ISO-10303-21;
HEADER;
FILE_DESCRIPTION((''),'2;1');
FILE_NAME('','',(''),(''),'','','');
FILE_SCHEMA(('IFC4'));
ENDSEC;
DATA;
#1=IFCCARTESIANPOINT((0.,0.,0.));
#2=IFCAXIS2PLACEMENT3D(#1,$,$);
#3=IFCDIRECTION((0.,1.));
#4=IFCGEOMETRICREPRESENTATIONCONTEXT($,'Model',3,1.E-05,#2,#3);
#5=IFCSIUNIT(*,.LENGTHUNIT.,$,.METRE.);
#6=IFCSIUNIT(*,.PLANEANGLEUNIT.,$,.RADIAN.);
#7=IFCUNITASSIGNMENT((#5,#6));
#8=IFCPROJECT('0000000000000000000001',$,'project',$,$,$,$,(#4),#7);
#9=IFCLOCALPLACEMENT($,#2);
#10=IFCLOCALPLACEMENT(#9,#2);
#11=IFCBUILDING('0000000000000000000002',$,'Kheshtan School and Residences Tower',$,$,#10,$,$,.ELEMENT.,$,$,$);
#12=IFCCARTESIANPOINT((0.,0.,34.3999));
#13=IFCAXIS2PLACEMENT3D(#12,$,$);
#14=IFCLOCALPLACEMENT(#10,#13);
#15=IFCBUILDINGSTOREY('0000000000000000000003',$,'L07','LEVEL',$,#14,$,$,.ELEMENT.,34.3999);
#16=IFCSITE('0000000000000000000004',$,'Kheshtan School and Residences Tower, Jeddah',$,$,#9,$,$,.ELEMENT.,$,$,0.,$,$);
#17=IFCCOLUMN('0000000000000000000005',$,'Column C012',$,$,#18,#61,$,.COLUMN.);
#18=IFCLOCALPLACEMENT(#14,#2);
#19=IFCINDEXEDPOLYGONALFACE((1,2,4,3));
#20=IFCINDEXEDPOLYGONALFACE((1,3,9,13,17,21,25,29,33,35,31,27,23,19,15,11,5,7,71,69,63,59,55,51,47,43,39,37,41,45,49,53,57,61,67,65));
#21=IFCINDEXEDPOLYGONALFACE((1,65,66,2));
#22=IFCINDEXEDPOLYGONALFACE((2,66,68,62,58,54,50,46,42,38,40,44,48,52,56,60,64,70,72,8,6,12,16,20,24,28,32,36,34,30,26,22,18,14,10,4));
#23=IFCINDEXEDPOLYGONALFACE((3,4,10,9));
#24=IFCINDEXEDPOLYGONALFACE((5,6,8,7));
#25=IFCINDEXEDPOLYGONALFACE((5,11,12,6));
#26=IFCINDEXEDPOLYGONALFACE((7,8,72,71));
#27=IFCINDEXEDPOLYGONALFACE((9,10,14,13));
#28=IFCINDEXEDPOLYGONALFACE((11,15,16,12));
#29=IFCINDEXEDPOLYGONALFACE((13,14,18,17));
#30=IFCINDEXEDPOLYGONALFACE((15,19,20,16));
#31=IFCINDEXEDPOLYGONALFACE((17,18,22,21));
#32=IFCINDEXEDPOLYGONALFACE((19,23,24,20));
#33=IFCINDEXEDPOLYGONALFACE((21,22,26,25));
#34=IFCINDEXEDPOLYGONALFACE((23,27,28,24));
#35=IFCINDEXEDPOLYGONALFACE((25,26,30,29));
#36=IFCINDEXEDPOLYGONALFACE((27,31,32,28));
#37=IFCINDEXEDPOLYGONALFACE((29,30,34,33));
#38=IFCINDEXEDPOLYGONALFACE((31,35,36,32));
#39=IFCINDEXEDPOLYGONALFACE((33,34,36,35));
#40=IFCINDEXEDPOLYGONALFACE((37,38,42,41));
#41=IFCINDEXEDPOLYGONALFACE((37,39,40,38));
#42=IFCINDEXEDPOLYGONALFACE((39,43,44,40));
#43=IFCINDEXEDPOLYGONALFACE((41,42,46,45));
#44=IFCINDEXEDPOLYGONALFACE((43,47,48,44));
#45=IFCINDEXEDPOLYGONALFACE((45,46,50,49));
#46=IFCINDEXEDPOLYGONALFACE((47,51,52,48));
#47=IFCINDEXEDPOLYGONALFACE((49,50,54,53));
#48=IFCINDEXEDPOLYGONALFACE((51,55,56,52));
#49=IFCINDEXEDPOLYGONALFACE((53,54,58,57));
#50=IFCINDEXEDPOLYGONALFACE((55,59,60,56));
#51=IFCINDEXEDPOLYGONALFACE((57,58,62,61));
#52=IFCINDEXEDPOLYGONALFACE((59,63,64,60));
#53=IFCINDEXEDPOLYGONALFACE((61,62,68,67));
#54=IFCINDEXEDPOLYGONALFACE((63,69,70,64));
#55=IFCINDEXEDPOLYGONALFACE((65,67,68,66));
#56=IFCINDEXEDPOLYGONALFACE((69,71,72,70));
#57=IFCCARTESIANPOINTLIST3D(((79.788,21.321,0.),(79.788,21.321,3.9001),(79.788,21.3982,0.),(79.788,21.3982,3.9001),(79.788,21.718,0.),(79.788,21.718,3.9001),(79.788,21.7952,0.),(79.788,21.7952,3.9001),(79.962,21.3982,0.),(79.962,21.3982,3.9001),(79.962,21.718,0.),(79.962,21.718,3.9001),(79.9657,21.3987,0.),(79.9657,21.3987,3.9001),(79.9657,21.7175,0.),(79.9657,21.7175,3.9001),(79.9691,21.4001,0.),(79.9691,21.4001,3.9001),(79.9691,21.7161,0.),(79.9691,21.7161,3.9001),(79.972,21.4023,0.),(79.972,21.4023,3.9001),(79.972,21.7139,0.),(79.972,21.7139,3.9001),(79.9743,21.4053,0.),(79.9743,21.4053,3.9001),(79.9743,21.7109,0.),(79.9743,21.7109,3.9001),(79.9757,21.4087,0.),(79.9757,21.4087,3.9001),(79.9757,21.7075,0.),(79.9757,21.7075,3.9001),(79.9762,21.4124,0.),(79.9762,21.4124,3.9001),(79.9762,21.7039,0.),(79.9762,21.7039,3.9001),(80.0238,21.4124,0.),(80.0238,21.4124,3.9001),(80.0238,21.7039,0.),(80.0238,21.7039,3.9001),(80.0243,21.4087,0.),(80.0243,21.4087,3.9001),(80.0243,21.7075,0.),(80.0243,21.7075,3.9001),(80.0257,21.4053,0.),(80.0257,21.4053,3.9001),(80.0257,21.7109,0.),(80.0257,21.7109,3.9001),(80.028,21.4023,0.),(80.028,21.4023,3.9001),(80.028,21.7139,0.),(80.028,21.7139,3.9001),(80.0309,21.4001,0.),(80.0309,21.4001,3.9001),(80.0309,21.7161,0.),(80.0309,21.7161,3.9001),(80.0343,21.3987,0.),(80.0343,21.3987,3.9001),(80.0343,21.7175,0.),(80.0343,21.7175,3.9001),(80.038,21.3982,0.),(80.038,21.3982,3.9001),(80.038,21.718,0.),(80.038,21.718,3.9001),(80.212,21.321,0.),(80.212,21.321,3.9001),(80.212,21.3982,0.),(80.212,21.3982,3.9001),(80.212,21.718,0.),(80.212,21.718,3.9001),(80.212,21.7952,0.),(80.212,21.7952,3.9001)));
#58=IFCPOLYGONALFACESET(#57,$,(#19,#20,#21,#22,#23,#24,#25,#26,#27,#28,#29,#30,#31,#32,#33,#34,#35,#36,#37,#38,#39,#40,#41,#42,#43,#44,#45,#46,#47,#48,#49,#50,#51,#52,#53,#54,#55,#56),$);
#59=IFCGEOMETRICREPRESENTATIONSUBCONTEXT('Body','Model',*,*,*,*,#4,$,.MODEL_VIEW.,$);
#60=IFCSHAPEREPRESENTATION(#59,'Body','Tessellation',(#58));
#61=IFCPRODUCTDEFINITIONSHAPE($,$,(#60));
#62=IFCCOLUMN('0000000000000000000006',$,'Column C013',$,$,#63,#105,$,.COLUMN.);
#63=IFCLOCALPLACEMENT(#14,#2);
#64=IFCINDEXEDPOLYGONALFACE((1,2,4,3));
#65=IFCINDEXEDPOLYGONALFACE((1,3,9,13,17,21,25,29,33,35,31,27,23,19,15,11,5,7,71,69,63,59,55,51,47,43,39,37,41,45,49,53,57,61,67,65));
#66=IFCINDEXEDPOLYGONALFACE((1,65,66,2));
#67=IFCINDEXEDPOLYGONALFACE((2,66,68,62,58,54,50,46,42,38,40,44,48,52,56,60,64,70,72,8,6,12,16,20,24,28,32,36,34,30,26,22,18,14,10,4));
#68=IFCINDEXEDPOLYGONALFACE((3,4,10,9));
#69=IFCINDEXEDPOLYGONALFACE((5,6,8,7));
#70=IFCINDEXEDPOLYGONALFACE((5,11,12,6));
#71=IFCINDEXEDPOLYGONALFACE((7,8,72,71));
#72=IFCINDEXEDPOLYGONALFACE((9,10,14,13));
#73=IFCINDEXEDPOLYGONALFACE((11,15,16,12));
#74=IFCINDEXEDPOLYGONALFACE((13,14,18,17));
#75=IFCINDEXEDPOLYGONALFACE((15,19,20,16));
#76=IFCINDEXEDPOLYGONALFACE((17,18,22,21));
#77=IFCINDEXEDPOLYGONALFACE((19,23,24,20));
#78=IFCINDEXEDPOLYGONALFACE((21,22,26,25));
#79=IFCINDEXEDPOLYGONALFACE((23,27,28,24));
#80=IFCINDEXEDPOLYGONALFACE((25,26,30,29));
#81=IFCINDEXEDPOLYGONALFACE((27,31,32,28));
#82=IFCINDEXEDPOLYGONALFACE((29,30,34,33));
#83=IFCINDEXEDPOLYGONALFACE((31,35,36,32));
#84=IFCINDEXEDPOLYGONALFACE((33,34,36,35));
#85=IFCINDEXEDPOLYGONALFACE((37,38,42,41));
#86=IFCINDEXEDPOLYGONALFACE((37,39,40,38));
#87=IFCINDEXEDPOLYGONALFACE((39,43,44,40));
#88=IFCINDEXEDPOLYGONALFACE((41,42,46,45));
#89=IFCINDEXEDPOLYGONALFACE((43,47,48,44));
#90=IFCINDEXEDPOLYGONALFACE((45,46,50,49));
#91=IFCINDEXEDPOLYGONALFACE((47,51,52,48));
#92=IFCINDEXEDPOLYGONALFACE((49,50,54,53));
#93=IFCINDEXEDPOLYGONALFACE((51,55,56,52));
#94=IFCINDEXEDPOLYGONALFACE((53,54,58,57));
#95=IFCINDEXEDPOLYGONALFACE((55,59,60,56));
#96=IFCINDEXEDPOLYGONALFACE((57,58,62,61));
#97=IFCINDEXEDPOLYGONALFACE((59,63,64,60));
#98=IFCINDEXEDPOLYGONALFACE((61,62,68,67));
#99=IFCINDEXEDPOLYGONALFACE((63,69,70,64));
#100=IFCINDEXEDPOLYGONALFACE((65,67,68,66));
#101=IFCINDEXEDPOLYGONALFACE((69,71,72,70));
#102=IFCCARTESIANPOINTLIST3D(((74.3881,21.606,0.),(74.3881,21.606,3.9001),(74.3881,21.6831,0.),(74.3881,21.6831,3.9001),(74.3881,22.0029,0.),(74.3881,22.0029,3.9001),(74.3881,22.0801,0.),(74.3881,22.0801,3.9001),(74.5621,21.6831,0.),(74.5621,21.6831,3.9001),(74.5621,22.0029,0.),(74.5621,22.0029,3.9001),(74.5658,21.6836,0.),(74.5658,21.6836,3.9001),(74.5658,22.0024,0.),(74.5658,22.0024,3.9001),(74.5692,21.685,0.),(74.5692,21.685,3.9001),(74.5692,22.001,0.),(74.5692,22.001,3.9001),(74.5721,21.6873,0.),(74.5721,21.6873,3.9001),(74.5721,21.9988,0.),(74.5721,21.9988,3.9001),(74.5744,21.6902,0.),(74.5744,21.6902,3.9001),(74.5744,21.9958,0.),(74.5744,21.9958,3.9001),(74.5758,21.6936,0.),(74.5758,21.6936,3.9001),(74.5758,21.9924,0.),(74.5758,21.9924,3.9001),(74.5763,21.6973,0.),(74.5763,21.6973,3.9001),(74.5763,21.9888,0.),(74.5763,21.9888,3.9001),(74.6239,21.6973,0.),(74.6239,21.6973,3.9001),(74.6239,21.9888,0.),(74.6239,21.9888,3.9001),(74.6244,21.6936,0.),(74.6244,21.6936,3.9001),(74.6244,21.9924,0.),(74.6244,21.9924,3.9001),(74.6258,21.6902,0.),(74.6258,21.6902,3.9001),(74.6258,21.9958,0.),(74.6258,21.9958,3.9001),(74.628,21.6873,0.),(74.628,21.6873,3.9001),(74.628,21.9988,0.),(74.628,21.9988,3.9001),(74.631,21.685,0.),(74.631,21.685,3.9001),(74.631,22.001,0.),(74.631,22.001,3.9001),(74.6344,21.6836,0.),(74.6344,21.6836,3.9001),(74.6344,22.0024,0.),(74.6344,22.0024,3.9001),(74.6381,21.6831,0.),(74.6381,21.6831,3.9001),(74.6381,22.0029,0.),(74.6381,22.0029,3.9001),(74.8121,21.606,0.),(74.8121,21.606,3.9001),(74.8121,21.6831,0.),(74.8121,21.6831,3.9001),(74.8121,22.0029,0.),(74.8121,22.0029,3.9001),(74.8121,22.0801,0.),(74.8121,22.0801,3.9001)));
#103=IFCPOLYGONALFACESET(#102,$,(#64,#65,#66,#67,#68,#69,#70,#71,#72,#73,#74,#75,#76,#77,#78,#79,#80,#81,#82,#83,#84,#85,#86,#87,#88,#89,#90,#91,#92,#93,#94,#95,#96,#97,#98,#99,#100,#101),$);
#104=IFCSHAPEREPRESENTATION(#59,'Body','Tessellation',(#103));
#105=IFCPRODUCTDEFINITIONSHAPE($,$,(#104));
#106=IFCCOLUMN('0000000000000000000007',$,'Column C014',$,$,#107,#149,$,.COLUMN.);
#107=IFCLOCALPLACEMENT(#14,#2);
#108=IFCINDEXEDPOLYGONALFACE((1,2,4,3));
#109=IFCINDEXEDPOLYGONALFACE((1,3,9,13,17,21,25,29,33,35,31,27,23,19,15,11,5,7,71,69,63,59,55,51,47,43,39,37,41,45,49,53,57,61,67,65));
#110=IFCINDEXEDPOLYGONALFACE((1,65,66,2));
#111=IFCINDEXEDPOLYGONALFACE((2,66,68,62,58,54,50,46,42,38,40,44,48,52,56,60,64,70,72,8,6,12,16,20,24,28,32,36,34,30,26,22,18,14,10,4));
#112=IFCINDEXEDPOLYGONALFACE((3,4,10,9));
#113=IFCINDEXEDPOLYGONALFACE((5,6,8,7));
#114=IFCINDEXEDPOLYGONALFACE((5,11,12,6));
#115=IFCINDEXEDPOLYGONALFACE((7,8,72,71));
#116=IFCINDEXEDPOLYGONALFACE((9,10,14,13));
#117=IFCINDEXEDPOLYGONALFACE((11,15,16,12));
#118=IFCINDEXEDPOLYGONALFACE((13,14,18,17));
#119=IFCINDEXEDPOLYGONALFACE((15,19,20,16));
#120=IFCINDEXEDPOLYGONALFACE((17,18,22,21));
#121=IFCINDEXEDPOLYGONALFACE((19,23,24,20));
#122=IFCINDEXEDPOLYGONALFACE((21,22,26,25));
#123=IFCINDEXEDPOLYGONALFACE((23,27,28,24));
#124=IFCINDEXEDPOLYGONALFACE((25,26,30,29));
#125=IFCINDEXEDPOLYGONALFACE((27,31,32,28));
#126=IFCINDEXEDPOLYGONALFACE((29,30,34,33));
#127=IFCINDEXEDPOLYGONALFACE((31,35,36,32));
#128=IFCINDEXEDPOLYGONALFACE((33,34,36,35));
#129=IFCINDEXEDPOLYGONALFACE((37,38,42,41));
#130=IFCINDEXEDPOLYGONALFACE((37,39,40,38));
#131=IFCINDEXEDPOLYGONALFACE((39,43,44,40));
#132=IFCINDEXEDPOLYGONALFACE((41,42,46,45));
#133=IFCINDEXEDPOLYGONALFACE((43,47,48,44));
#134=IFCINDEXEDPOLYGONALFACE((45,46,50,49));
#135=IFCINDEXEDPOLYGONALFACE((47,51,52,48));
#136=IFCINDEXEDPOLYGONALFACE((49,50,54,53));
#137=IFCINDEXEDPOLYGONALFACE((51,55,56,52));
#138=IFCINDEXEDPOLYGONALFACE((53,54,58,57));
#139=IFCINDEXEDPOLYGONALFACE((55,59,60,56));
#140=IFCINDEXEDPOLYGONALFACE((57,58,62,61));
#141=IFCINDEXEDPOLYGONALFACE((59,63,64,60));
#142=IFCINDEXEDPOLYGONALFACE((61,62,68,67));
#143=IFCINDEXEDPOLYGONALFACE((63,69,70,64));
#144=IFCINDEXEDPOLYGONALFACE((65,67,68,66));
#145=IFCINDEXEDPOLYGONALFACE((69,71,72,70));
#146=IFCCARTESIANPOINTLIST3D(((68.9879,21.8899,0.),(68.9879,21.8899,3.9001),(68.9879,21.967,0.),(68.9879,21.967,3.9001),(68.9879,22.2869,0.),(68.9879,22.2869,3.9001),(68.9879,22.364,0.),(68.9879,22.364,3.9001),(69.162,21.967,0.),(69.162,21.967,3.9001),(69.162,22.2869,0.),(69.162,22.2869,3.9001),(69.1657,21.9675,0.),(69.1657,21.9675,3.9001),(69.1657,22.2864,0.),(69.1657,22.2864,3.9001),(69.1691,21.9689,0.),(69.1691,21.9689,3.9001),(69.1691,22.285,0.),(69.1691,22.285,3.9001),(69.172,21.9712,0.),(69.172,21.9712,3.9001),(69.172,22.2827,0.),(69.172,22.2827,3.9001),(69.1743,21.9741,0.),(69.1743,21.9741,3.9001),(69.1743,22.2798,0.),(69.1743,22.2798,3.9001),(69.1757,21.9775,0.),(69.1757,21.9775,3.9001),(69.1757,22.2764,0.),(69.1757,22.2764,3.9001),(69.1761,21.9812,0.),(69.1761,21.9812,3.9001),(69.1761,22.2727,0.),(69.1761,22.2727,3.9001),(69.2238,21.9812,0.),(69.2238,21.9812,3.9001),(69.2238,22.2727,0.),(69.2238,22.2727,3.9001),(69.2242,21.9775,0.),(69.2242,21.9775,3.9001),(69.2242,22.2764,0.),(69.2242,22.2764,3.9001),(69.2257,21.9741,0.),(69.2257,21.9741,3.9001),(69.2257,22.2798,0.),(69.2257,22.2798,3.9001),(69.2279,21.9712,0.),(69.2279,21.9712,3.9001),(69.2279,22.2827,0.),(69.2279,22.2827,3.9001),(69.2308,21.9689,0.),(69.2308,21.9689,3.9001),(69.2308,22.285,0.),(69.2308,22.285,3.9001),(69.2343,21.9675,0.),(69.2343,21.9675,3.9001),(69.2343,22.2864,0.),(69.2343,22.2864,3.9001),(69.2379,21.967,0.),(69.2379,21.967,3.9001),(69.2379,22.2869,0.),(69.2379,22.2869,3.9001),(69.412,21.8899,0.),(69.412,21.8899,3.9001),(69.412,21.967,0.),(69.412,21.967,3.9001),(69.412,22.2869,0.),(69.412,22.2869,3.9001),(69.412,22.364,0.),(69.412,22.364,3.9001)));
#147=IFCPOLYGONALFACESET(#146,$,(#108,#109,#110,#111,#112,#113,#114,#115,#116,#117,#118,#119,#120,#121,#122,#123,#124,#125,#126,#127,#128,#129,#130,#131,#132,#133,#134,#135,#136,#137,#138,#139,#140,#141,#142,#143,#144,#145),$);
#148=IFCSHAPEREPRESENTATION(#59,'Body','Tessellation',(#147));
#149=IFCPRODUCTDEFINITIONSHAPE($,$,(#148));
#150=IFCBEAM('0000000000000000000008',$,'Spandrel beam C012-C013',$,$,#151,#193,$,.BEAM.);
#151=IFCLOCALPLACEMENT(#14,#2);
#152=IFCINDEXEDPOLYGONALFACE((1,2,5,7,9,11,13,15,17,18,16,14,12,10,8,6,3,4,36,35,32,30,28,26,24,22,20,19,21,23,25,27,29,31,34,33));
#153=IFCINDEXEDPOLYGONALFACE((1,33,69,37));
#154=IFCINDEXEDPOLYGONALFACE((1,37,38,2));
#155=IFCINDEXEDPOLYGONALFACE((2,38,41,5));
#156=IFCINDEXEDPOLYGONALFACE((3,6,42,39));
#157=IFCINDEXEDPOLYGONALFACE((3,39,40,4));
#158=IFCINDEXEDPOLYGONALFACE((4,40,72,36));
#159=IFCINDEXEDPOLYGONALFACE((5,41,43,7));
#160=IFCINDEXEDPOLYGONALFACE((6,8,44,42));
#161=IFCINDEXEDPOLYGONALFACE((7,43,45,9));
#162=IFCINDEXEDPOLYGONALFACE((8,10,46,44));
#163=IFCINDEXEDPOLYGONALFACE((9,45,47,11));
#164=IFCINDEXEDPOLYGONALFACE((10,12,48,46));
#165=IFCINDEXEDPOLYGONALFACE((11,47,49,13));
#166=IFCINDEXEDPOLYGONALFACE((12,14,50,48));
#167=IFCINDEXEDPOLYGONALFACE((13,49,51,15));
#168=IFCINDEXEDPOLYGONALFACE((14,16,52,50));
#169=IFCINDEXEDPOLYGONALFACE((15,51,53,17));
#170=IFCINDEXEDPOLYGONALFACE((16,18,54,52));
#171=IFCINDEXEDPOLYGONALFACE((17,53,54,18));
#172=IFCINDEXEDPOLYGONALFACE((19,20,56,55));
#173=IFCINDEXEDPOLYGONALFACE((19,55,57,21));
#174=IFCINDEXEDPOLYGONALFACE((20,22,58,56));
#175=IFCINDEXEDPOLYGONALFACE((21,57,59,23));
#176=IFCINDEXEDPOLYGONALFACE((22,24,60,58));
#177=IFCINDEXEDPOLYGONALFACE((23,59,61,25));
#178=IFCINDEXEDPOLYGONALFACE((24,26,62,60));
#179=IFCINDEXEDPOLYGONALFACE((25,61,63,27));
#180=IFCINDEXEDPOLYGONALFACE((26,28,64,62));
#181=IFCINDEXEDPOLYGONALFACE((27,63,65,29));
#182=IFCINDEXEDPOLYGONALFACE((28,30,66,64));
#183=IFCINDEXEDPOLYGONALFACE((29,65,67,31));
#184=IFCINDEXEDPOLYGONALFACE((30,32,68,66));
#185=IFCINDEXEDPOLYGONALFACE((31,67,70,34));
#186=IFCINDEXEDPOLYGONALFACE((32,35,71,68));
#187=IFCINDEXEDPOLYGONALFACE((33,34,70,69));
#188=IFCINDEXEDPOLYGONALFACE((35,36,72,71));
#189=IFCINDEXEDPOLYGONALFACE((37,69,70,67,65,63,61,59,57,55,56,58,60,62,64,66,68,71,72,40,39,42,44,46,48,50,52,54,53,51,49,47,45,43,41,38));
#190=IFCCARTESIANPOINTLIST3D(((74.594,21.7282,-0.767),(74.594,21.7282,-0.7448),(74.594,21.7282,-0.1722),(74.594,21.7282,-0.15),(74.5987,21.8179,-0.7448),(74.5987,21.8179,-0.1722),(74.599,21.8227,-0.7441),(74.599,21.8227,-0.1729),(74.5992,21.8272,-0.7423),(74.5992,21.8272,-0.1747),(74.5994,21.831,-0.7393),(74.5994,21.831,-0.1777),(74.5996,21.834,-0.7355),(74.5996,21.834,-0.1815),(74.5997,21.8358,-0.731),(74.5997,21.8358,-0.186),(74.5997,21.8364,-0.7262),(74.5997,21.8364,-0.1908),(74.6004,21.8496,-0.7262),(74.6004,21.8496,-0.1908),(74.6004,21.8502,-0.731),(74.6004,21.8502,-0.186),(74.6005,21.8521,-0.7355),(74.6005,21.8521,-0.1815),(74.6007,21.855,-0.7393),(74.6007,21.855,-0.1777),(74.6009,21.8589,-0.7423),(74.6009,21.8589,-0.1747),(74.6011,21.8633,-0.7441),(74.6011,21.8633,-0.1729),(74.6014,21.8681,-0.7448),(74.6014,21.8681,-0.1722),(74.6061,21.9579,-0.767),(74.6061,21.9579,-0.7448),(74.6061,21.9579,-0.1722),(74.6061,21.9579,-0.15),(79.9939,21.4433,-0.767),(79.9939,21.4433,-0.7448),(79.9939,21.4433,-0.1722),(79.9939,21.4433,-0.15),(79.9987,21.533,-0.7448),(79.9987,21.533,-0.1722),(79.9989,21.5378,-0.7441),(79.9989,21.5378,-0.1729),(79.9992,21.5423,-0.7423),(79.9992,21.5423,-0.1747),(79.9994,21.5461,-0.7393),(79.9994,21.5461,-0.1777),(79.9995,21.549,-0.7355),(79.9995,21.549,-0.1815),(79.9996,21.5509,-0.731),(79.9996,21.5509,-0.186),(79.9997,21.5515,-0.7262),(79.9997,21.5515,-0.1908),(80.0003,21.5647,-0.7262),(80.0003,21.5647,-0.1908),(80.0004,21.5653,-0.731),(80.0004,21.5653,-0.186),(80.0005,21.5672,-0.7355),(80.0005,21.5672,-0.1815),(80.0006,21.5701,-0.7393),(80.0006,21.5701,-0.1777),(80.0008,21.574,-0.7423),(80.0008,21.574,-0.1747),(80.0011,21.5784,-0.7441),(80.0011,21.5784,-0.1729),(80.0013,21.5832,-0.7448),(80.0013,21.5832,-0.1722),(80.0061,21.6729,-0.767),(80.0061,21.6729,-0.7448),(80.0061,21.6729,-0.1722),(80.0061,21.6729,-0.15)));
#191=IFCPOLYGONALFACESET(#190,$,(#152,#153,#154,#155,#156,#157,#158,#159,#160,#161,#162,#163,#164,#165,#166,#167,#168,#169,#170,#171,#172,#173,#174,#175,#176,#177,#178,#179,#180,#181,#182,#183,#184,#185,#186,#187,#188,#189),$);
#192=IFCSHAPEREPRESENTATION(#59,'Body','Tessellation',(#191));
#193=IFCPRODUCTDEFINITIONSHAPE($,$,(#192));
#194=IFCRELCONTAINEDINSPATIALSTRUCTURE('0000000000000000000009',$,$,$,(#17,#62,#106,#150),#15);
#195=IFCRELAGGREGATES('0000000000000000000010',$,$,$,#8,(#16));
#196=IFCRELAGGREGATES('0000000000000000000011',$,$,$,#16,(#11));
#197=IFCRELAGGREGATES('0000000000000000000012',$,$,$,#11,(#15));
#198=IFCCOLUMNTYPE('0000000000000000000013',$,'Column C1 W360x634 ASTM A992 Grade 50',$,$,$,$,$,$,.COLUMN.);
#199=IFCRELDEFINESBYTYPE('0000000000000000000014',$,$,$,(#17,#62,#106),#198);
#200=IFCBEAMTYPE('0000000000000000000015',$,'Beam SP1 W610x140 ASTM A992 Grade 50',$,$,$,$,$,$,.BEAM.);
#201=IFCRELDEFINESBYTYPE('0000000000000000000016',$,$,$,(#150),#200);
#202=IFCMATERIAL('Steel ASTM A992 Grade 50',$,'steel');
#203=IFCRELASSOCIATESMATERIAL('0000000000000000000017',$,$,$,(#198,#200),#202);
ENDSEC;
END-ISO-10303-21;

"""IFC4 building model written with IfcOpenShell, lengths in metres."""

from ifc_helpers import new_model, si_unit, direction, frame, origin, origin_2d, place, context, subcontext, project, spatial, i_section, extrude, material, material_profile, profile_set, type_object, element, save


model = new_model("IFC4")

# Units and contexts
model_context = context("Model", 3, precision=1e-05, world=origin(), true_north=direction((0.0, 1.0)))
body_context = subcontext(model_context, "Body", "Model", "MODEL_VIEW")
ifc_project = project(units=[si_unit("LENGTHUNIT", "METRE"), si_unit("PLANEANGLEUNIT", "RADIAN")], contexts=[model_context])

# Site, building, storey
site_placement = place(None, origin())
site = spatial("IfcSite", under=ifc_project, at=site_placement, Name="Kheshtan School and Residences Tower, Jeddah", CompositionType="ELEMENT", RefElevation=0.0)
building_placement = place(site_placement, origin())
building = spatial("IfcBuilding", under=site, at=building_placement, Name="Kheshtan School and Residences Tower", CompositionType="ELEMENT")
storey_placement = place(building_placement, frame((0.0, 0.0, 34.3999)))
storey = spatial("IfcBuildingStorey", under=building, at=storey_placement, Name="L07", Description="LEVEL", CompositionType="ELEMENT", Elevation=34.3999)

# Columns
ifc_material_1 = material(Name="Steel ASTM A992 Grade 50", Category="steel")
ifc_material_profile_1 = material_profile(ifc_material_1, i_section(OverallWidth=0.4241, OverallDepth=0.4741, WebThickness=0.0476, FlangeThickness=0.0771, FilletRadius=0.0142, at=origin_2d()), Name="W360x634")
ifc_profile_set_1 = profile_set([ifc_material_profile_1], Name="Steel ASTM A992 Grade 50")
column_type = type_object("IfcColumnType", Name="Column C1 W360x634 ASTM A992 Grade 50", PredefinedType="COLUMN", material=ifc_profile_set_1)
for number, where, z_axis, x_axis, name in (
    (1, (80.0, 21.5581, 0.0), (0.0, 0.0, 1.0), (1.0, 0.0, 0.0), "Column C012"),
    (2, (74.6001, 21.843, 0.0), (0.0, 0.0, 1.0), (1.0, 0.0, 0.0), "Column C013"),
    (3, (69.2, 22.127, 0.0), (0.0, 0.0, 1.0), (1.0, 0.0, 0.0), "Column C014"),
):
    element("IfcColumn", number, at=place(storey_placement, frame(where, z_axis=z_axis, x_axis=x_axis)), inside=storey, type_object=column_type, Name=name, PredefinedType="COLUMN", context=body_context, shape_type="SweptSolid", body=[
        extrude(i_section(OverallWidth=0.4241, OverallDepth=0.4741, WebThickness=0.0476, FlangeThickness=0.0771, FilletRadius=0.0142, at=origin_2d()), origin(), (0.0, 0.0, 1.0), 3.9001),
    ])

# Beam
ifc_material_profile_2 = material_profile(ifc_material_1, i_section(OverallWidth=0.23, OverallDepth=0.6169, WebThickness=0.0132, FlangeThickness=0.0222, FilletRadius=0.0186, at=origin_2d()), Name="W610x140")
ifc_profile_set_2 = profile_set([ifc_material_profile_2], Name="Steel ASTM A992 Grade 50")
beam_type = type_object("IfcBeamType", Name="Beam SP1 W610x140 ASTM A992 Grade 50", PredefinedType="BEAM", material=ifc_profile_set_2)
beam_1_placement = place(storey_placement, frame((80.0, 21.5581, -0.4585), z_axis=(-0.998611, 0.052689, 0.0), x_axis=(-0.052689, -0.998611, 0.0)))
element("IfcBeam", 4, at=beam_1_placement, inside=storey, type_object=beam_type, Name="Spandrel beam C012-C013", PredefinedType="BEAM", context=body_context, shape_type="SweptSolid", body=[
    extrude(i_section(OverallWidth=0.23, OverallDepth=0.6169, WebThickness=0.0132, FlangeThickness=0.0222, FilletRadius=0.0186, at=origin_2d()), origin(), (0.0, 0.0, 1.0), 5.4075),
])

save(model, "model.ifc")
